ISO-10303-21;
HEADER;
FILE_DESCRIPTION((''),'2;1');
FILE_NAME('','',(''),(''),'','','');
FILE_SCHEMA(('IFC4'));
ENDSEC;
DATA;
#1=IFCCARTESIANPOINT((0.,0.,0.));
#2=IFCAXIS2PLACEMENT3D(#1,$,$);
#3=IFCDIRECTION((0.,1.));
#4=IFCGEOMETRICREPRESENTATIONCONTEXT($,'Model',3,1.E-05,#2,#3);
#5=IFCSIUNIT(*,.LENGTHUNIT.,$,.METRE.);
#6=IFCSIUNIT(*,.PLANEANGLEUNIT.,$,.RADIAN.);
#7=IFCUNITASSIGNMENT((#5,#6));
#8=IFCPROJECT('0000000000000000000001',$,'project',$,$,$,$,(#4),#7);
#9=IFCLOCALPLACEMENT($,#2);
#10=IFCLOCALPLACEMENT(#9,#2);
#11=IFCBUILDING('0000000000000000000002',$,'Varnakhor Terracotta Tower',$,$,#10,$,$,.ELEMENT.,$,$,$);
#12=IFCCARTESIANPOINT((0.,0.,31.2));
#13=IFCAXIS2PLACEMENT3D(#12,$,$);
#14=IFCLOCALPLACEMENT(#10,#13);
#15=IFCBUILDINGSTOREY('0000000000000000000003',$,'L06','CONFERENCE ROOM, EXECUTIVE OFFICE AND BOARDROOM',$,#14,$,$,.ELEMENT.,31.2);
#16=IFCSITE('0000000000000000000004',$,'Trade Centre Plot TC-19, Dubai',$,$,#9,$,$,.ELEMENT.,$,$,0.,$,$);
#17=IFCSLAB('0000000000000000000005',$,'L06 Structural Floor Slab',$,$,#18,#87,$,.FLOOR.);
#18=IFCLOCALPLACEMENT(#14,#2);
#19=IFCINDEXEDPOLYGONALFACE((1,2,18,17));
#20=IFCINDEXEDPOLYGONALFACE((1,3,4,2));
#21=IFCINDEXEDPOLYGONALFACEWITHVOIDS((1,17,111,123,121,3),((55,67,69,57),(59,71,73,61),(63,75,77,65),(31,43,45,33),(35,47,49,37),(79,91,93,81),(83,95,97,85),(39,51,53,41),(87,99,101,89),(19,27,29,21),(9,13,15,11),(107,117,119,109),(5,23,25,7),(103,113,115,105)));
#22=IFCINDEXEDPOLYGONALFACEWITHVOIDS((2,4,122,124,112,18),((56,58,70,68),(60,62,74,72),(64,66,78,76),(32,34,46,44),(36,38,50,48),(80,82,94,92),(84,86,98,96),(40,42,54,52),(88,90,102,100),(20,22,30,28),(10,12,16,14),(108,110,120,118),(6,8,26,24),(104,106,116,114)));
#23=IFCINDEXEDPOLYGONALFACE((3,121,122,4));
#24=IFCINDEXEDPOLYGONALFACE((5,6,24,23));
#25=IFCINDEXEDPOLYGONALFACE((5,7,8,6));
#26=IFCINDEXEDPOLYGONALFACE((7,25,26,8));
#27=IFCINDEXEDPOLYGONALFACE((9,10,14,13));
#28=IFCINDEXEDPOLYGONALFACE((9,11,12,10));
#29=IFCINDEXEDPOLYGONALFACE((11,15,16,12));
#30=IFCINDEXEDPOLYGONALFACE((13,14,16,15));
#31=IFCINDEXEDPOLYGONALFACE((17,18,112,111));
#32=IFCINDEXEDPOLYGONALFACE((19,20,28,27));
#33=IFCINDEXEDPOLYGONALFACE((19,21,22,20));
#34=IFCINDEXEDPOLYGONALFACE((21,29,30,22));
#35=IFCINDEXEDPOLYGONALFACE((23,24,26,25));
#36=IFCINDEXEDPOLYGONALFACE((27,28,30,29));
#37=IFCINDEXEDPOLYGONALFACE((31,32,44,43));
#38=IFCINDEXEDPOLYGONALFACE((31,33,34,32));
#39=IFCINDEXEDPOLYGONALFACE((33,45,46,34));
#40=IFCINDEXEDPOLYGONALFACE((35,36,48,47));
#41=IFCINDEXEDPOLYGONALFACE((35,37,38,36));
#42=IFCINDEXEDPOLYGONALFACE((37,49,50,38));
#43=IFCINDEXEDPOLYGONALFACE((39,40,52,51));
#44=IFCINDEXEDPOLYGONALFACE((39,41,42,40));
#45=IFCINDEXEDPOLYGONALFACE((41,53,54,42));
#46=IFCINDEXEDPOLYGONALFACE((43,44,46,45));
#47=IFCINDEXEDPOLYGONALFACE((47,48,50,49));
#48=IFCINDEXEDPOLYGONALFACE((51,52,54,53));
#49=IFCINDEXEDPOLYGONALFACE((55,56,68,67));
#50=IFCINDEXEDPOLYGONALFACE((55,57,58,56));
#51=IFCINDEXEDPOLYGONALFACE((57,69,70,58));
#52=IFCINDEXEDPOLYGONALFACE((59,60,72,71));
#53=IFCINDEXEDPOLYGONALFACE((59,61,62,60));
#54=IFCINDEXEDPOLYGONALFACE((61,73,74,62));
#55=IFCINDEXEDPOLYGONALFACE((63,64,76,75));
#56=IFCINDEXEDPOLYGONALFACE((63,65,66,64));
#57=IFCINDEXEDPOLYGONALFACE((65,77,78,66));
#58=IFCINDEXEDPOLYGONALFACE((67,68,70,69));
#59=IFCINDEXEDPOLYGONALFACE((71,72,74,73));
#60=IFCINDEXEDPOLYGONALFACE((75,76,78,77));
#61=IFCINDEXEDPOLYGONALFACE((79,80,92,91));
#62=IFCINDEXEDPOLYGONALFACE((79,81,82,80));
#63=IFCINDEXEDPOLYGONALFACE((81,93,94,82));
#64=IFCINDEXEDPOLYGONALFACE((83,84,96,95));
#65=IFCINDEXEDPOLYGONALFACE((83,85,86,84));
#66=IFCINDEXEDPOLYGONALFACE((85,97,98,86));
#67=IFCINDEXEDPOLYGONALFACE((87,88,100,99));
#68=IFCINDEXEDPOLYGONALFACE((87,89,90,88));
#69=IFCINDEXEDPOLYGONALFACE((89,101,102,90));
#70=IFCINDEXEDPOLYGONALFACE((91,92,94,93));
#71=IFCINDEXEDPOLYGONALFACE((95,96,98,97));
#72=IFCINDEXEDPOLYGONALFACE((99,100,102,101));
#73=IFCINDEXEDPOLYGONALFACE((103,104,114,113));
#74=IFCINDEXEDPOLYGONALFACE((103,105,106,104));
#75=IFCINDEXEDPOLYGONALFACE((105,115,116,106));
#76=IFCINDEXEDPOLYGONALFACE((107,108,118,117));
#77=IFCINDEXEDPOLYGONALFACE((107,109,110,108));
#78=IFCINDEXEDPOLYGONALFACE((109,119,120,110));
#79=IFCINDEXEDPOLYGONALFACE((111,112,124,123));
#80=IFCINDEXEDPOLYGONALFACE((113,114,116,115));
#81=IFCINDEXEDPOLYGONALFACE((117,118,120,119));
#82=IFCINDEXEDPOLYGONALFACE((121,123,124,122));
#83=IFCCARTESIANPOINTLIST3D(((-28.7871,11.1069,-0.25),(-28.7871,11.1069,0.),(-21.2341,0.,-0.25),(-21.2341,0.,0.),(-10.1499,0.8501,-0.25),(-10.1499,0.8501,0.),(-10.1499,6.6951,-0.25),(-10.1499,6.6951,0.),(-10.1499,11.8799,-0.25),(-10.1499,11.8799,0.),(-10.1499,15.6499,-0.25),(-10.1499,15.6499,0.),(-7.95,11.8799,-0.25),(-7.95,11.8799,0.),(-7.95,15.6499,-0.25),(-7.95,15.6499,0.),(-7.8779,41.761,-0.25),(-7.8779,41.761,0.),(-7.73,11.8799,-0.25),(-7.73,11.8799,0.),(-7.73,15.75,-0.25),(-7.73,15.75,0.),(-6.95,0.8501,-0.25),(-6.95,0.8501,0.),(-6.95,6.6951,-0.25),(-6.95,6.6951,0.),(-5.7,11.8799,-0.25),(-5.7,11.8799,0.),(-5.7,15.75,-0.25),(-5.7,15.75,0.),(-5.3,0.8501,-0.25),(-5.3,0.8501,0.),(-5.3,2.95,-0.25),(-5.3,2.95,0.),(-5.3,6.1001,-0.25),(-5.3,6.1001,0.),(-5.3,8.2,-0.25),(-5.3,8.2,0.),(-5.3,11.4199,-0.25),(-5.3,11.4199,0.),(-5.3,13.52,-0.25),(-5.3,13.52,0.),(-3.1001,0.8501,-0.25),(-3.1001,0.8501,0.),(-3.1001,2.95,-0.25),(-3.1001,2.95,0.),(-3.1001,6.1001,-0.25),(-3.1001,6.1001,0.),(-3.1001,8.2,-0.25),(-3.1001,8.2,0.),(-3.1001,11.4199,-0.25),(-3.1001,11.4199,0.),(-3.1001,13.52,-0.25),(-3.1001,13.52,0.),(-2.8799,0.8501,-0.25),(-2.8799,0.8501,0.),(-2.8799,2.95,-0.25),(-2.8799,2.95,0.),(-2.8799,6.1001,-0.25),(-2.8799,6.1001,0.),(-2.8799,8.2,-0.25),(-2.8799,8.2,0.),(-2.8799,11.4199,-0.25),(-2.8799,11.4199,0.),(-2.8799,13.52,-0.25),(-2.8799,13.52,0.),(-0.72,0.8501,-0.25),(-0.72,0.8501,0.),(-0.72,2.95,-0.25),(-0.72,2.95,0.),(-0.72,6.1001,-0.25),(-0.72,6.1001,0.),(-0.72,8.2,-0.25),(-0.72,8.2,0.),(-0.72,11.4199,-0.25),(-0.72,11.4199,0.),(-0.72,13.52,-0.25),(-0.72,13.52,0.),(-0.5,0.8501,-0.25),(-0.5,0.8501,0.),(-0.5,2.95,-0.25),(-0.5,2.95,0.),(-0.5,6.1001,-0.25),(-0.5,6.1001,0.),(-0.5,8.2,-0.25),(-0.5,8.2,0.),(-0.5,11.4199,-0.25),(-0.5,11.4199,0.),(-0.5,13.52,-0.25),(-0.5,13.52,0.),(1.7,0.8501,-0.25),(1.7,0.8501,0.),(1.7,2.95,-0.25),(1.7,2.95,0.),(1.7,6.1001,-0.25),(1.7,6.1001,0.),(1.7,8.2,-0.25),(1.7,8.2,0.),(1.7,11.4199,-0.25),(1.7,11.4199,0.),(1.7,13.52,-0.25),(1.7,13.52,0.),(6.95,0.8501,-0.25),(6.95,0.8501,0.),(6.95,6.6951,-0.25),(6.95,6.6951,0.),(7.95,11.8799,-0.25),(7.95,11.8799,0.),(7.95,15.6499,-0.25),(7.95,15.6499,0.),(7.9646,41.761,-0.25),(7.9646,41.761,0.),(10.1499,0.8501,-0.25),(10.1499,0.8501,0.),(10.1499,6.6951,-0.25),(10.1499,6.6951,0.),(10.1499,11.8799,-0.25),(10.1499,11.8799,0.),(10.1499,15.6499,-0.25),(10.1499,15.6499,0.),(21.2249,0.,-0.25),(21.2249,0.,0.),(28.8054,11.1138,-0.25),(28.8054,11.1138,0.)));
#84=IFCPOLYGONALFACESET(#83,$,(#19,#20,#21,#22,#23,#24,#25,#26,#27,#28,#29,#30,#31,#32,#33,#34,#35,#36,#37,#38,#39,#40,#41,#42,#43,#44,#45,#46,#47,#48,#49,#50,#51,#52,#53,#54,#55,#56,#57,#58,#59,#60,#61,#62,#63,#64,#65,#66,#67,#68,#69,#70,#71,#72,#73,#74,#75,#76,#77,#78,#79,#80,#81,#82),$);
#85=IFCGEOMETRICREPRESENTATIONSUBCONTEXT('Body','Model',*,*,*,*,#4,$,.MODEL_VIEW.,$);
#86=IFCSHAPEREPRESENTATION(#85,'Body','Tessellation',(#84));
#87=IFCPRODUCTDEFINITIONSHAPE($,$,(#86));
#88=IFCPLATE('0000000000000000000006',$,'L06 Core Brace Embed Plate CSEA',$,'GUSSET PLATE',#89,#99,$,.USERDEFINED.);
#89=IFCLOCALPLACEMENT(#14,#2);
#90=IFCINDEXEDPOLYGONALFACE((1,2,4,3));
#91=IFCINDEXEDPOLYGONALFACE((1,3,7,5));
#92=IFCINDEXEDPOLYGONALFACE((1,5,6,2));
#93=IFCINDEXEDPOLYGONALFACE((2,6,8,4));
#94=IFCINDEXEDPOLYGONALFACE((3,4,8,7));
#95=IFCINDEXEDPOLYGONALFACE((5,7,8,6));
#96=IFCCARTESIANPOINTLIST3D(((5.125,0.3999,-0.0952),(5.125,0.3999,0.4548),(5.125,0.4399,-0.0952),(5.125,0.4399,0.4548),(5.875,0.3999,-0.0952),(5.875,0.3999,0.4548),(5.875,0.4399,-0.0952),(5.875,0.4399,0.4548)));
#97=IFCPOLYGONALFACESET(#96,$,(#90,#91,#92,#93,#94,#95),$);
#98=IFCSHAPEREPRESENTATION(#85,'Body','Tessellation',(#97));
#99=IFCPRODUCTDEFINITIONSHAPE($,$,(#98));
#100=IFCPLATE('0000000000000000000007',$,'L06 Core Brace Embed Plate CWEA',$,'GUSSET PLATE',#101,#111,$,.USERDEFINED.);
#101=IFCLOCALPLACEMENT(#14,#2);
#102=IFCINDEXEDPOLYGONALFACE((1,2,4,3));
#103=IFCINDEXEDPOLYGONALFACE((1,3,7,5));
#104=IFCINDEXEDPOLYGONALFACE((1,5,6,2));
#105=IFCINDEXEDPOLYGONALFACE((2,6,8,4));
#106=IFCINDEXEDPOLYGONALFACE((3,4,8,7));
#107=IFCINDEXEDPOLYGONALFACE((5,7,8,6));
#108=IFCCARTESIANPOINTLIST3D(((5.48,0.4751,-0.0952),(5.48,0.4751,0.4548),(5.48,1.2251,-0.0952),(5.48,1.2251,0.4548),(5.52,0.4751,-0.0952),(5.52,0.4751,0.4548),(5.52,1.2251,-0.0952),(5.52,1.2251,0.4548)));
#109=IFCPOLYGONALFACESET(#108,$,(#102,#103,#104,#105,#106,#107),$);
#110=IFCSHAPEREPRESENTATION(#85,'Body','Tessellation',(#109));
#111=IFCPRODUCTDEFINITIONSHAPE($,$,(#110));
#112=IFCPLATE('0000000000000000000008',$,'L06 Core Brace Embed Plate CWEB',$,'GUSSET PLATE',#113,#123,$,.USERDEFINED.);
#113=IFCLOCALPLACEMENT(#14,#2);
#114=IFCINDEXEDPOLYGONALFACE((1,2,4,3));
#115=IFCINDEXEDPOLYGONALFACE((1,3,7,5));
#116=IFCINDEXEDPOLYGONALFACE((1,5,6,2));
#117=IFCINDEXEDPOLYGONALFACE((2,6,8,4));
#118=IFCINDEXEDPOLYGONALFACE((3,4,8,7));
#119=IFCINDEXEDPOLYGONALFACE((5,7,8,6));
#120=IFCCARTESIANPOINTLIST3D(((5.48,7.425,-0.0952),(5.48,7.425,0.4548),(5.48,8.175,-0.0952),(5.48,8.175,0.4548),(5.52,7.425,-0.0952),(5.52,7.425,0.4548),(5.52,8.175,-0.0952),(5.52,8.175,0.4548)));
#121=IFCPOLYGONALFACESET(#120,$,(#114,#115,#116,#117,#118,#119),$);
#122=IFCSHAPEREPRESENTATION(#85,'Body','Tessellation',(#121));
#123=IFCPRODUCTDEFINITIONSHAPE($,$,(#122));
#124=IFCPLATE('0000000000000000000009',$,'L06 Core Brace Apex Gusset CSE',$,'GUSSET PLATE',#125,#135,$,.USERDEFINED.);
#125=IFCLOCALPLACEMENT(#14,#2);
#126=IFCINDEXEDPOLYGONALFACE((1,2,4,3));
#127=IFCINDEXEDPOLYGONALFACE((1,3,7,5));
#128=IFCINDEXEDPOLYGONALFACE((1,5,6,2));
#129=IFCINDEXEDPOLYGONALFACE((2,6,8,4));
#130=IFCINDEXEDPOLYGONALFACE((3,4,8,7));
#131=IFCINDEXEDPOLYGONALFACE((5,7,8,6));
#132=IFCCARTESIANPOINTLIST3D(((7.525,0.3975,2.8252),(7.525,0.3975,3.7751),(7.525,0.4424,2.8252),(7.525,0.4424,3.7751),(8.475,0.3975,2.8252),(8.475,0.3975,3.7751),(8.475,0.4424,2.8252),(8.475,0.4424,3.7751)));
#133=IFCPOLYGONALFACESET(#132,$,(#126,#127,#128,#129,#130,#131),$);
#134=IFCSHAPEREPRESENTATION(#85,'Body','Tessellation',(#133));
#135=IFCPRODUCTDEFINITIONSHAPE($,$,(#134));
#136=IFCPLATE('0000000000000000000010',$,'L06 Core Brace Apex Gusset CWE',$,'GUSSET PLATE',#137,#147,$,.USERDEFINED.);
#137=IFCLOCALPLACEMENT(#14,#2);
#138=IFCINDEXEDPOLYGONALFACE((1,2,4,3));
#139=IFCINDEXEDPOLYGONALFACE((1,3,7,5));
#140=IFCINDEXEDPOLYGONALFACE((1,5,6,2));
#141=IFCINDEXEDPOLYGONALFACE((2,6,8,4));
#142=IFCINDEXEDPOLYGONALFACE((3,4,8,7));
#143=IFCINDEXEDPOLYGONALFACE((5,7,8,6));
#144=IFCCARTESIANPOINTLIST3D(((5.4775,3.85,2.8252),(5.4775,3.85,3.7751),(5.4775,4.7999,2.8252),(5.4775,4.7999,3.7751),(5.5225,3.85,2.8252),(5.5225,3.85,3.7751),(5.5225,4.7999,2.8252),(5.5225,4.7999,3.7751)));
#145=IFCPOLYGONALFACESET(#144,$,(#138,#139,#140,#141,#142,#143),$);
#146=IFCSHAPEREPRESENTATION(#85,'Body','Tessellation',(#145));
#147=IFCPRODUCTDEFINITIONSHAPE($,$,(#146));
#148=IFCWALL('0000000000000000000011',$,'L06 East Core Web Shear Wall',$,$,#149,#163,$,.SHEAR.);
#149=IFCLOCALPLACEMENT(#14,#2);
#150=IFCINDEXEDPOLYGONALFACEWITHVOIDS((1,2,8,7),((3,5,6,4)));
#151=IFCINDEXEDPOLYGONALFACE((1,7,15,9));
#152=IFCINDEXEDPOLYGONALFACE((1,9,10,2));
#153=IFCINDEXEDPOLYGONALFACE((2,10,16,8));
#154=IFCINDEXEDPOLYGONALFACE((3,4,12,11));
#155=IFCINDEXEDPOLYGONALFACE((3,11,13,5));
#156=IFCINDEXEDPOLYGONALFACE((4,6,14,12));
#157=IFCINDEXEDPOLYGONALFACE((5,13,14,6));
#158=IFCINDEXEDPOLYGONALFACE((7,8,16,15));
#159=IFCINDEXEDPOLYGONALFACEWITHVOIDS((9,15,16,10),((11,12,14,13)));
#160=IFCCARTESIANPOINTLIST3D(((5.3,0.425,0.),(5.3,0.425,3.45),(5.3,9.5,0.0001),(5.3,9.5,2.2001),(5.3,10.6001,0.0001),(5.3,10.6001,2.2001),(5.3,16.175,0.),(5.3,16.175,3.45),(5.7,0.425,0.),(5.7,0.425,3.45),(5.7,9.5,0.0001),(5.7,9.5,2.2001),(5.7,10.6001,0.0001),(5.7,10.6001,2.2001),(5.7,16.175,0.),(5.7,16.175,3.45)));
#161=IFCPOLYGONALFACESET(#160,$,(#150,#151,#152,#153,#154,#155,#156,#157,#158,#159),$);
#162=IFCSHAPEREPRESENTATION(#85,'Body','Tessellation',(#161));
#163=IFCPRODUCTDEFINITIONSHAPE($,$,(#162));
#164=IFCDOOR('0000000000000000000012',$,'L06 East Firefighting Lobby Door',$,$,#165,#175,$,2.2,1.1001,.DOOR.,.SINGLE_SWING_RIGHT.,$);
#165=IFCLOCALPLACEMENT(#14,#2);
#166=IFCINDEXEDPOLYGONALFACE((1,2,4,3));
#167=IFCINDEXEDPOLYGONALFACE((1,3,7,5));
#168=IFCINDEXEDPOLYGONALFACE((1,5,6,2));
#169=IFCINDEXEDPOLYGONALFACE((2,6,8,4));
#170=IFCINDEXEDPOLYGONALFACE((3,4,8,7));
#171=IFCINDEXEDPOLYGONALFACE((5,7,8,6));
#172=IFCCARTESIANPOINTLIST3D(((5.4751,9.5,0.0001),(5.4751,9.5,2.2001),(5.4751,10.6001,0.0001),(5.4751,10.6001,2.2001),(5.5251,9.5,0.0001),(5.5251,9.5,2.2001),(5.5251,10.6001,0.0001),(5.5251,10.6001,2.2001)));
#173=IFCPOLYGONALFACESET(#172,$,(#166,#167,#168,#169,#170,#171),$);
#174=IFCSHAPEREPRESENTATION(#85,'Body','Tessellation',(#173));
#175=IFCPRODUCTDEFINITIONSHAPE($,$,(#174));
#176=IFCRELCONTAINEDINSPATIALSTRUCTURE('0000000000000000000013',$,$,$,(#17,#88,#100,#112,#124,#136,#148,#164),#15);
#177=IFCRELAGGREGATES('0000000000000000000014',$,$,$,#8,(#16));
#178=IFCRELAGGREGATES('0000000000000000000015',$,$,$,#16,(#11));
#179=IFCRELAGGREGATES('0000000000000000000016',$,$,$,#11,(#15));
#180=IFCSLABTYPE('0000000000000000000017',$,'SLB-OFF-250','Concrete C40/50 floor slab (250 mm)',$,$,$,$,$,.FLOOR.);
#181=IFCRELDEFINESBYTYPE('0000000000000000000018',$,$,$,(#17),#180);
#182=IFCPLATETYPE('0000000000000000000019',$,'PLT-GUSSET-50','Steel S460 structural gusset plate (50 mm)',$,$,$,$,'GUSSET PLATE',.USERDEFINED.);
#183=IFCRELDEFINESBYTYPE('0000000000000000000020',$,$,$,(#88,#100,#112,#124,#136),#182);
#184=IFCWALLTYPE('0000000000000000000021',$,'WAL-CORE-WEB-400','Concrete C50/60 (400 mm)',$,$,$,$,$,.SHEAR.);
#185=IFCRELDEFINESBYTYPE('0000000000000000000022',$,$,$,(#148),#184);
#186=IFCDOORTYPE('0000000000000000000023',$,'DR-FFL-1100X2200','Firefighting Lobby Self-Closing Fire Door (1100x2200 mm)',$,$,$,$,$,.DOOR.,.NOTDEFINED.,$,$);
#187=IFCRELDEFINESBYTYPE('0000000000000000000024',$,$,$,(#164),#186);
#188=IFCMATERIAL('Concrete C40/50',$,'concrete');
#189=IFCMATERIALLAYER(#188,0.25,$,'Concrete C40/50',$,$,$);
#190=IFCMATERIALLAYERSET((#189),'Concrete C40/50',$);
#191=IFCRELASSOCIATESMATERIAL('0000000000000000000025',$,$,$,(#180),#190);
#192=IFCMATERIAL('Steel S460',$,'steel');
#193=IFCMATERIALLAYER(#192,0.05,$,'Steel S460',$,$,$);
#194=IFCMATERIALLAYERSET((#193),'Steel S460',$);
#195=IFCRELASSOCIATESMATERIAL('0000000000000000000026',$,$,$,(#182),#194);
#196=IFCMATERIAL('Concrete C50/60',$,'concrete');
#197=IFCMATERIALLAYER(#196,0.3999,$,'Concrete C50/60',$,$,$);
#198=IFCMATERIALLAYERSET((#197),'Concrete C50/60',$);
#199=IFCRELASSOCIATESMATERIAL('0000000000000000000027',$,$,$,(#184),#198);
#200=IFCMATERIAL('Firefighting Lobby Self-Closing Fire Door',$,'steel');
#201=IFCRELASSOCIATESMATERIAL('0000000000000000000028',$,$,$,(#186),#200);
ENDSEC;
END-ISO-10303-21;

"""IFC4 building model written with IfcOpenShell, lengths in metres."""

from ifc_helpers import new_model, si_unit, direction, frame, frame_2d, origin, origin_2d, place, context, subcontext, project, spatial, polyline, rectangle, outline, extrude, source, transform, mapped, material, layer, layer_set, type_object, type_shapes, element, fill, save


model = new_model("IFC4")

# Units and contexts
model_context = context("Model", 3, precision=1e-05, world=origin(), true_north=direction((0.0, 1.0)))
body_context = subcontext(model_context, "Body", "Model", "MODEL_VIEW")
ifc_project = project(units=[si_unit("LENGTHUNIT", "METRE"), si_unit("PLANEANGLEUNIT", "RADIAN")], contexts=[model_context])

# Site, building, storey
site_placement = place(None, origin())
site = spatial("IfcSite", under=ifc_project, at=site_placement, Name="Trade Centre Plot TC-19, Dubai", CompositionType="ELEMENT", RefElevation=0.0)
building_placement = place(site_placement, origin())
building = spatial("IfcBuilding", under=site, at=building_placement, Name="Varnakhor Terracotta Tower", CompositionType="ELEMENT")
storey_placement = place(building_placement, frame((0.0, 0.0, 31.2)))
storey = spatial("IfcBuildingStorey", under=building, at=storey_placement, Name="L06", Description="CONFERENCE ROOM, EXECUTIVE OFFICE AND BOARDROOM", CompositionType="ELEMENT", Elevation=31.2)

# Shared definitions
ifc_material_1 = material(Name="Concrete C50/60", Category="concrete")

# Shared definitions
ifc_material_2 = material(Name="Steel S460", Category="steel")

# Shared definitions
ifc_material_3 = material(Name="Concrete C40/50", Category="concrete")

# Slab
ifc_layer_1 = layer(ifc_material_3, 0.25, Name="Concrete C40/50")
ifc_layer_set_1 = layer_set([ifc_layer_1], Name="Concrete C40/50")
slab_type_1 = type_object("IfcSlabType", Name="SLB-OFF-250", Description="Concrete C40/50 floor slab (250 mm)", PredefinedType="FLOOR", material=ifc_layer_set_1)
slab_1_placement = place(storey_placement, frame((0.0, 0.0, -0.25)))
element("IfcSlab", 1, at=slab_1_placement, inside=storey, type_object=slab_type_1, Name="L06 Structural Floor Slab", PredefinedType="FLOOR", context=body_context, shape_type="SweptSolid", body=[
    extrude(outline(polyline([(-28.7871, 11.1069), (-7.8779, 41.761), (7.9646, 41.761), (28.8054, 11.1138), (21.2249, 0.0), (-21.2341, 0.0), (-28.7871, 11.1069)]), holes=[polyline([(-3.1001, 0.8501), (-3.1001, 2.95), (-5.3, 2.95), (-5.3, 0.8501), (-3.1001, 0.8501)]), polyline([(-2.8799, 0.8501), (-0.72, 0.8501), (-0.72, 2.95), (-2.8799, 2.95), (-2.8799, 0.8501)]), polyline([(-10.1499, 0.8501), (-6.95, 0.8501), (-6.95, 6.6951), (-10.1499, 6.6951), (-10.1499, 0.8501)]), polyline([(-5.3, 6.1001), (-3.1001, 6.1001), (-3.1001, 8.2), (-5.3, 8.2), (-5.3, 6.1001)]), polyline([(-5.3, 11.4199), (-3.1001, 11.4199), (-3.1001, 13.52), (-5.3, 13.52), (-5.3, 11.4199)]), polyline([(-10.1499, 11.8799), (-7.95, 11.8799), (-7.95, 15.6499), (-10.1499, 15.6499), (-10.1499, 11.8799)]), polyline([(-7.73, 11.8799), (-5.7, 11.8799), (-5.7, 15.75), (-7.73, 15.75), (-7.73, 11.8799)]), polyline([(1.7, 0.8501), (1.7, 2.95), (-0.5, 2.95), (-0.5, 0.8501), (1.7, 0.8501)]), polyline([(6.95, 0.8501), (10.1499, 0.8501), (10.1499, 6.6951), (6.95, 6.6951), (6.95, 0.8501)]), polyline([(-2.8799, 6.1001), (-0.72, 6.1001), (-0.72, 8.2), (-2.8799, 8.2), (-2.8799, 6.1001)]), polyline([(-0.5, 6.1001), (1.7, 6.1001), (1.7, 8.2), (-0.5, 8.2), (-0.5, 6.1001)]), polyline([(-2.8799, 11.4199), (-0.72, 11.4199), (-0.72, 13.52), (-2.8799, 13.52), (-2.8799, 11.4199)]), polyline([(-0.5, 11.4199), (1.7, 11.4199), (1.7, 13.52), (-0.5, 13.52), (-0.5, 11.4199)]), polyline([(7.95, 11.8799), (10.1499, 11.8799), (10.1499, 15.6499), (7.95, 15.6499), (7.95, 11.8799)])]), origin(), (0.0, 0.0, 1.0), 0.25),
])

# Plates
ifc_layer_2 = layer(ifc_material_2, 0.05, Name="Steel S460")
ifc_layer_set_2 = layer_set([ifc_layer_2], Name="Steel S460")
plate_type = type_object("IfcPlateType", Name="PLT-GUSSET-50", Description="Steel S460 structural gusset plate (50 mm)", ElementType="GUSSET PLATE", PredefinedType="USERDEFINED", material=ifc_layer_set_2)
shared_shape_1 = source(origin(), body_context, "Body", "SweptSolid", [
    extrude(rectangle(XDim=0.75, YDim=0.04, at=origin_2d()), origin(), (0.0, 0.0, 1.0), 0.55),
])
type_shapes(plate_type, [shared_shape_1])
for number, where, z_axis, x_axis, name in (
    (2, (5.5, 0.4199, -0.0952), (0.0, 0.0, 1.0), (1.0, 0.0, 0.0), "L06 Core Brace Embed Plate CSEA"),
    (3, (5.5, 0.8501, -0.0952), (0.0, 0.0, 1.0), (0.0, 1.0, 0.0), "L06 Core Brace Embed Plate CWEA"),
    (4, (5.5, 7.8, -0.0952), (0.0, 0.0, 1.0), (0.0, 1.0, 0.0), "L06 Core Brace Embed Plate CWEB"),
):
    element("IfcPlate", number, at=place(storey_placement, frame(where, z_axis=z_axis, x_axis=x_axis)), inside=storey, type_object=plate_type, Name=name, ObjectType="GUSSET PLATE", PredefinedType="USERDEFINED", context=body_context, shape_type="MappedRepresentation", body=[
        mapped(shared_shape_1, transform((0.0, 0.0, 0.0), scale=1.0)),
    ])
shared_shape_2 = source(origin(), body_context, "Body", "SweptSolid", [
    extrude(rectangle(XDim=0.95, YDim=0.0449, at=origin_2d()), origin(), (0.0, 0.0, 1.0), 0.95),
])
for number, where, z_axis, x_axis, name in (
    (5, (8.0, 0.4199, 2.8252), (0.0, 0.0, 1.0), (1.0, 0.0, 0.0), "L06 Core Brace Apex Gusset CSE"),
    (6, (5.5, 4.325, 2.8252), (0.0, 0.0, 1.0), (0.0, 1.0, 0.0), "L06 Core Brace Apex Gusset CWE"),
):
    element("IfcPlate", number, at=place(storey_placement, frame(where, z_axis=z_axis, x_axis=x_axis)), inside=storey, type_object=plate_type, Name=name, ObjectType="GUSSET PLATE", PredefinedType="USERDEFINED", context=body_context, shape_type="MappedRepresentation", body=[
        mapped(shared_shape_2, transform((0.0, 0.0, 0.0), scale=1.0)),
    ])

# Wall, opening, door
ifc_layer_3 = layer(ifc_material_1, 0.3999, Name="Concrete C50/60")
ifc_layer_set_3 = layer_set([ifc_layer_3], Name="Concrete C50/60")
wall_type_1 = type_object("IfcWallType", Name="WAL-CORE-WEB-400", Description="Concrete C50/60 (400 mm)", PredefinedType="SHEAR", material=ifc_layer_set_3)
wall_1_placement = place(storey_placement, frame((5.5, 0.425, 0.0), z_axis=(0.0, 0.0, 1.0), x_axis=(0.0, 1.0, 0.0)))
wall_1 = element("IfcWall", 7, at=wall_1_placement, inside=storey, type_object=wall_type_1, Name="L06 East Core Web Shear Wall", PredefinedType="SHEAR", context=body_context, shape_type="SweptSolid", body=[
    extrude(rectangle(XDim=15.75, YDim=0.3999, at=frame_2d((7.875, 0.0))), origin(), (0.0, 0.0, 1.0), 3.45),
])
opening_1_placement = place(wall_1_placement, frame((9.075, 0.0, 0.0)))
opening_1 = element("IfcOpeningElement", 8, at=opening_1_placement, cuts=wall_1, PredefinedType="OPENING", context=body_context, shape_type="SweptSolid", body=[
    extrude(rectangle(XDim=1.1001, YDim=2.2, at=frame_2d((0.55, 1.1001))), frame((0.0, 0.21, 0.0), z_axis=(0.0, -1.0, 0.0), x_axis=(1.0, 0.0, 0.0)), (0.0, 0.0, 1.0), 0.4199),
])
ifc_material_4 = material(Name="Firefighting Lobby Self-Closing Fire Door", Category="steel")
door_type_1 = type_object("IfcDoorType", Name="DR-FFL-1100X2200", Description="Firefighting Lobby Self-Closing Fire Door (1100x2200 mm)", OperationType="NOTDEFINED", PredefinedType="DOOR", material=ifc_material_4)
shared_shape_3 = source(origin(), body_context, "Body", "SweptSolid", [
    extrude(rectangle(XDim=1.1001, YDim=2.2, at=frame_2d((0.55, 1.1001))), frame((0.0, 0.0249, 0.0), z_axis=(0.0, -1.0, 0.0), x_axis=(1.0, 0.0, 0.0)), (0.0, 0.0, 1.0), 0.05),
])
type_shapes(door_type_1, [shared_shape_3])
door_1_placement = place(opening_1_placement, origin())
door_1 = element("IfcDoor", 9, at=door_1_placement, inside=storey, type_object=door_type_1, Name="L06 East Firefighting Lobby Door", OperationType="SINGLE_SWING_RIGHT", OverallHeight=2.2, OverallWidth=1.1001, PredefinedType="DOOR", context=body_context, shape_type="MappedRepresentation", body=[
    mapped(shared_shape_3, transform((0.0, 0.0, 0.0), scale=1.0)),
])
fill(opening_1, door_1)

save(model, "model.ifc")
